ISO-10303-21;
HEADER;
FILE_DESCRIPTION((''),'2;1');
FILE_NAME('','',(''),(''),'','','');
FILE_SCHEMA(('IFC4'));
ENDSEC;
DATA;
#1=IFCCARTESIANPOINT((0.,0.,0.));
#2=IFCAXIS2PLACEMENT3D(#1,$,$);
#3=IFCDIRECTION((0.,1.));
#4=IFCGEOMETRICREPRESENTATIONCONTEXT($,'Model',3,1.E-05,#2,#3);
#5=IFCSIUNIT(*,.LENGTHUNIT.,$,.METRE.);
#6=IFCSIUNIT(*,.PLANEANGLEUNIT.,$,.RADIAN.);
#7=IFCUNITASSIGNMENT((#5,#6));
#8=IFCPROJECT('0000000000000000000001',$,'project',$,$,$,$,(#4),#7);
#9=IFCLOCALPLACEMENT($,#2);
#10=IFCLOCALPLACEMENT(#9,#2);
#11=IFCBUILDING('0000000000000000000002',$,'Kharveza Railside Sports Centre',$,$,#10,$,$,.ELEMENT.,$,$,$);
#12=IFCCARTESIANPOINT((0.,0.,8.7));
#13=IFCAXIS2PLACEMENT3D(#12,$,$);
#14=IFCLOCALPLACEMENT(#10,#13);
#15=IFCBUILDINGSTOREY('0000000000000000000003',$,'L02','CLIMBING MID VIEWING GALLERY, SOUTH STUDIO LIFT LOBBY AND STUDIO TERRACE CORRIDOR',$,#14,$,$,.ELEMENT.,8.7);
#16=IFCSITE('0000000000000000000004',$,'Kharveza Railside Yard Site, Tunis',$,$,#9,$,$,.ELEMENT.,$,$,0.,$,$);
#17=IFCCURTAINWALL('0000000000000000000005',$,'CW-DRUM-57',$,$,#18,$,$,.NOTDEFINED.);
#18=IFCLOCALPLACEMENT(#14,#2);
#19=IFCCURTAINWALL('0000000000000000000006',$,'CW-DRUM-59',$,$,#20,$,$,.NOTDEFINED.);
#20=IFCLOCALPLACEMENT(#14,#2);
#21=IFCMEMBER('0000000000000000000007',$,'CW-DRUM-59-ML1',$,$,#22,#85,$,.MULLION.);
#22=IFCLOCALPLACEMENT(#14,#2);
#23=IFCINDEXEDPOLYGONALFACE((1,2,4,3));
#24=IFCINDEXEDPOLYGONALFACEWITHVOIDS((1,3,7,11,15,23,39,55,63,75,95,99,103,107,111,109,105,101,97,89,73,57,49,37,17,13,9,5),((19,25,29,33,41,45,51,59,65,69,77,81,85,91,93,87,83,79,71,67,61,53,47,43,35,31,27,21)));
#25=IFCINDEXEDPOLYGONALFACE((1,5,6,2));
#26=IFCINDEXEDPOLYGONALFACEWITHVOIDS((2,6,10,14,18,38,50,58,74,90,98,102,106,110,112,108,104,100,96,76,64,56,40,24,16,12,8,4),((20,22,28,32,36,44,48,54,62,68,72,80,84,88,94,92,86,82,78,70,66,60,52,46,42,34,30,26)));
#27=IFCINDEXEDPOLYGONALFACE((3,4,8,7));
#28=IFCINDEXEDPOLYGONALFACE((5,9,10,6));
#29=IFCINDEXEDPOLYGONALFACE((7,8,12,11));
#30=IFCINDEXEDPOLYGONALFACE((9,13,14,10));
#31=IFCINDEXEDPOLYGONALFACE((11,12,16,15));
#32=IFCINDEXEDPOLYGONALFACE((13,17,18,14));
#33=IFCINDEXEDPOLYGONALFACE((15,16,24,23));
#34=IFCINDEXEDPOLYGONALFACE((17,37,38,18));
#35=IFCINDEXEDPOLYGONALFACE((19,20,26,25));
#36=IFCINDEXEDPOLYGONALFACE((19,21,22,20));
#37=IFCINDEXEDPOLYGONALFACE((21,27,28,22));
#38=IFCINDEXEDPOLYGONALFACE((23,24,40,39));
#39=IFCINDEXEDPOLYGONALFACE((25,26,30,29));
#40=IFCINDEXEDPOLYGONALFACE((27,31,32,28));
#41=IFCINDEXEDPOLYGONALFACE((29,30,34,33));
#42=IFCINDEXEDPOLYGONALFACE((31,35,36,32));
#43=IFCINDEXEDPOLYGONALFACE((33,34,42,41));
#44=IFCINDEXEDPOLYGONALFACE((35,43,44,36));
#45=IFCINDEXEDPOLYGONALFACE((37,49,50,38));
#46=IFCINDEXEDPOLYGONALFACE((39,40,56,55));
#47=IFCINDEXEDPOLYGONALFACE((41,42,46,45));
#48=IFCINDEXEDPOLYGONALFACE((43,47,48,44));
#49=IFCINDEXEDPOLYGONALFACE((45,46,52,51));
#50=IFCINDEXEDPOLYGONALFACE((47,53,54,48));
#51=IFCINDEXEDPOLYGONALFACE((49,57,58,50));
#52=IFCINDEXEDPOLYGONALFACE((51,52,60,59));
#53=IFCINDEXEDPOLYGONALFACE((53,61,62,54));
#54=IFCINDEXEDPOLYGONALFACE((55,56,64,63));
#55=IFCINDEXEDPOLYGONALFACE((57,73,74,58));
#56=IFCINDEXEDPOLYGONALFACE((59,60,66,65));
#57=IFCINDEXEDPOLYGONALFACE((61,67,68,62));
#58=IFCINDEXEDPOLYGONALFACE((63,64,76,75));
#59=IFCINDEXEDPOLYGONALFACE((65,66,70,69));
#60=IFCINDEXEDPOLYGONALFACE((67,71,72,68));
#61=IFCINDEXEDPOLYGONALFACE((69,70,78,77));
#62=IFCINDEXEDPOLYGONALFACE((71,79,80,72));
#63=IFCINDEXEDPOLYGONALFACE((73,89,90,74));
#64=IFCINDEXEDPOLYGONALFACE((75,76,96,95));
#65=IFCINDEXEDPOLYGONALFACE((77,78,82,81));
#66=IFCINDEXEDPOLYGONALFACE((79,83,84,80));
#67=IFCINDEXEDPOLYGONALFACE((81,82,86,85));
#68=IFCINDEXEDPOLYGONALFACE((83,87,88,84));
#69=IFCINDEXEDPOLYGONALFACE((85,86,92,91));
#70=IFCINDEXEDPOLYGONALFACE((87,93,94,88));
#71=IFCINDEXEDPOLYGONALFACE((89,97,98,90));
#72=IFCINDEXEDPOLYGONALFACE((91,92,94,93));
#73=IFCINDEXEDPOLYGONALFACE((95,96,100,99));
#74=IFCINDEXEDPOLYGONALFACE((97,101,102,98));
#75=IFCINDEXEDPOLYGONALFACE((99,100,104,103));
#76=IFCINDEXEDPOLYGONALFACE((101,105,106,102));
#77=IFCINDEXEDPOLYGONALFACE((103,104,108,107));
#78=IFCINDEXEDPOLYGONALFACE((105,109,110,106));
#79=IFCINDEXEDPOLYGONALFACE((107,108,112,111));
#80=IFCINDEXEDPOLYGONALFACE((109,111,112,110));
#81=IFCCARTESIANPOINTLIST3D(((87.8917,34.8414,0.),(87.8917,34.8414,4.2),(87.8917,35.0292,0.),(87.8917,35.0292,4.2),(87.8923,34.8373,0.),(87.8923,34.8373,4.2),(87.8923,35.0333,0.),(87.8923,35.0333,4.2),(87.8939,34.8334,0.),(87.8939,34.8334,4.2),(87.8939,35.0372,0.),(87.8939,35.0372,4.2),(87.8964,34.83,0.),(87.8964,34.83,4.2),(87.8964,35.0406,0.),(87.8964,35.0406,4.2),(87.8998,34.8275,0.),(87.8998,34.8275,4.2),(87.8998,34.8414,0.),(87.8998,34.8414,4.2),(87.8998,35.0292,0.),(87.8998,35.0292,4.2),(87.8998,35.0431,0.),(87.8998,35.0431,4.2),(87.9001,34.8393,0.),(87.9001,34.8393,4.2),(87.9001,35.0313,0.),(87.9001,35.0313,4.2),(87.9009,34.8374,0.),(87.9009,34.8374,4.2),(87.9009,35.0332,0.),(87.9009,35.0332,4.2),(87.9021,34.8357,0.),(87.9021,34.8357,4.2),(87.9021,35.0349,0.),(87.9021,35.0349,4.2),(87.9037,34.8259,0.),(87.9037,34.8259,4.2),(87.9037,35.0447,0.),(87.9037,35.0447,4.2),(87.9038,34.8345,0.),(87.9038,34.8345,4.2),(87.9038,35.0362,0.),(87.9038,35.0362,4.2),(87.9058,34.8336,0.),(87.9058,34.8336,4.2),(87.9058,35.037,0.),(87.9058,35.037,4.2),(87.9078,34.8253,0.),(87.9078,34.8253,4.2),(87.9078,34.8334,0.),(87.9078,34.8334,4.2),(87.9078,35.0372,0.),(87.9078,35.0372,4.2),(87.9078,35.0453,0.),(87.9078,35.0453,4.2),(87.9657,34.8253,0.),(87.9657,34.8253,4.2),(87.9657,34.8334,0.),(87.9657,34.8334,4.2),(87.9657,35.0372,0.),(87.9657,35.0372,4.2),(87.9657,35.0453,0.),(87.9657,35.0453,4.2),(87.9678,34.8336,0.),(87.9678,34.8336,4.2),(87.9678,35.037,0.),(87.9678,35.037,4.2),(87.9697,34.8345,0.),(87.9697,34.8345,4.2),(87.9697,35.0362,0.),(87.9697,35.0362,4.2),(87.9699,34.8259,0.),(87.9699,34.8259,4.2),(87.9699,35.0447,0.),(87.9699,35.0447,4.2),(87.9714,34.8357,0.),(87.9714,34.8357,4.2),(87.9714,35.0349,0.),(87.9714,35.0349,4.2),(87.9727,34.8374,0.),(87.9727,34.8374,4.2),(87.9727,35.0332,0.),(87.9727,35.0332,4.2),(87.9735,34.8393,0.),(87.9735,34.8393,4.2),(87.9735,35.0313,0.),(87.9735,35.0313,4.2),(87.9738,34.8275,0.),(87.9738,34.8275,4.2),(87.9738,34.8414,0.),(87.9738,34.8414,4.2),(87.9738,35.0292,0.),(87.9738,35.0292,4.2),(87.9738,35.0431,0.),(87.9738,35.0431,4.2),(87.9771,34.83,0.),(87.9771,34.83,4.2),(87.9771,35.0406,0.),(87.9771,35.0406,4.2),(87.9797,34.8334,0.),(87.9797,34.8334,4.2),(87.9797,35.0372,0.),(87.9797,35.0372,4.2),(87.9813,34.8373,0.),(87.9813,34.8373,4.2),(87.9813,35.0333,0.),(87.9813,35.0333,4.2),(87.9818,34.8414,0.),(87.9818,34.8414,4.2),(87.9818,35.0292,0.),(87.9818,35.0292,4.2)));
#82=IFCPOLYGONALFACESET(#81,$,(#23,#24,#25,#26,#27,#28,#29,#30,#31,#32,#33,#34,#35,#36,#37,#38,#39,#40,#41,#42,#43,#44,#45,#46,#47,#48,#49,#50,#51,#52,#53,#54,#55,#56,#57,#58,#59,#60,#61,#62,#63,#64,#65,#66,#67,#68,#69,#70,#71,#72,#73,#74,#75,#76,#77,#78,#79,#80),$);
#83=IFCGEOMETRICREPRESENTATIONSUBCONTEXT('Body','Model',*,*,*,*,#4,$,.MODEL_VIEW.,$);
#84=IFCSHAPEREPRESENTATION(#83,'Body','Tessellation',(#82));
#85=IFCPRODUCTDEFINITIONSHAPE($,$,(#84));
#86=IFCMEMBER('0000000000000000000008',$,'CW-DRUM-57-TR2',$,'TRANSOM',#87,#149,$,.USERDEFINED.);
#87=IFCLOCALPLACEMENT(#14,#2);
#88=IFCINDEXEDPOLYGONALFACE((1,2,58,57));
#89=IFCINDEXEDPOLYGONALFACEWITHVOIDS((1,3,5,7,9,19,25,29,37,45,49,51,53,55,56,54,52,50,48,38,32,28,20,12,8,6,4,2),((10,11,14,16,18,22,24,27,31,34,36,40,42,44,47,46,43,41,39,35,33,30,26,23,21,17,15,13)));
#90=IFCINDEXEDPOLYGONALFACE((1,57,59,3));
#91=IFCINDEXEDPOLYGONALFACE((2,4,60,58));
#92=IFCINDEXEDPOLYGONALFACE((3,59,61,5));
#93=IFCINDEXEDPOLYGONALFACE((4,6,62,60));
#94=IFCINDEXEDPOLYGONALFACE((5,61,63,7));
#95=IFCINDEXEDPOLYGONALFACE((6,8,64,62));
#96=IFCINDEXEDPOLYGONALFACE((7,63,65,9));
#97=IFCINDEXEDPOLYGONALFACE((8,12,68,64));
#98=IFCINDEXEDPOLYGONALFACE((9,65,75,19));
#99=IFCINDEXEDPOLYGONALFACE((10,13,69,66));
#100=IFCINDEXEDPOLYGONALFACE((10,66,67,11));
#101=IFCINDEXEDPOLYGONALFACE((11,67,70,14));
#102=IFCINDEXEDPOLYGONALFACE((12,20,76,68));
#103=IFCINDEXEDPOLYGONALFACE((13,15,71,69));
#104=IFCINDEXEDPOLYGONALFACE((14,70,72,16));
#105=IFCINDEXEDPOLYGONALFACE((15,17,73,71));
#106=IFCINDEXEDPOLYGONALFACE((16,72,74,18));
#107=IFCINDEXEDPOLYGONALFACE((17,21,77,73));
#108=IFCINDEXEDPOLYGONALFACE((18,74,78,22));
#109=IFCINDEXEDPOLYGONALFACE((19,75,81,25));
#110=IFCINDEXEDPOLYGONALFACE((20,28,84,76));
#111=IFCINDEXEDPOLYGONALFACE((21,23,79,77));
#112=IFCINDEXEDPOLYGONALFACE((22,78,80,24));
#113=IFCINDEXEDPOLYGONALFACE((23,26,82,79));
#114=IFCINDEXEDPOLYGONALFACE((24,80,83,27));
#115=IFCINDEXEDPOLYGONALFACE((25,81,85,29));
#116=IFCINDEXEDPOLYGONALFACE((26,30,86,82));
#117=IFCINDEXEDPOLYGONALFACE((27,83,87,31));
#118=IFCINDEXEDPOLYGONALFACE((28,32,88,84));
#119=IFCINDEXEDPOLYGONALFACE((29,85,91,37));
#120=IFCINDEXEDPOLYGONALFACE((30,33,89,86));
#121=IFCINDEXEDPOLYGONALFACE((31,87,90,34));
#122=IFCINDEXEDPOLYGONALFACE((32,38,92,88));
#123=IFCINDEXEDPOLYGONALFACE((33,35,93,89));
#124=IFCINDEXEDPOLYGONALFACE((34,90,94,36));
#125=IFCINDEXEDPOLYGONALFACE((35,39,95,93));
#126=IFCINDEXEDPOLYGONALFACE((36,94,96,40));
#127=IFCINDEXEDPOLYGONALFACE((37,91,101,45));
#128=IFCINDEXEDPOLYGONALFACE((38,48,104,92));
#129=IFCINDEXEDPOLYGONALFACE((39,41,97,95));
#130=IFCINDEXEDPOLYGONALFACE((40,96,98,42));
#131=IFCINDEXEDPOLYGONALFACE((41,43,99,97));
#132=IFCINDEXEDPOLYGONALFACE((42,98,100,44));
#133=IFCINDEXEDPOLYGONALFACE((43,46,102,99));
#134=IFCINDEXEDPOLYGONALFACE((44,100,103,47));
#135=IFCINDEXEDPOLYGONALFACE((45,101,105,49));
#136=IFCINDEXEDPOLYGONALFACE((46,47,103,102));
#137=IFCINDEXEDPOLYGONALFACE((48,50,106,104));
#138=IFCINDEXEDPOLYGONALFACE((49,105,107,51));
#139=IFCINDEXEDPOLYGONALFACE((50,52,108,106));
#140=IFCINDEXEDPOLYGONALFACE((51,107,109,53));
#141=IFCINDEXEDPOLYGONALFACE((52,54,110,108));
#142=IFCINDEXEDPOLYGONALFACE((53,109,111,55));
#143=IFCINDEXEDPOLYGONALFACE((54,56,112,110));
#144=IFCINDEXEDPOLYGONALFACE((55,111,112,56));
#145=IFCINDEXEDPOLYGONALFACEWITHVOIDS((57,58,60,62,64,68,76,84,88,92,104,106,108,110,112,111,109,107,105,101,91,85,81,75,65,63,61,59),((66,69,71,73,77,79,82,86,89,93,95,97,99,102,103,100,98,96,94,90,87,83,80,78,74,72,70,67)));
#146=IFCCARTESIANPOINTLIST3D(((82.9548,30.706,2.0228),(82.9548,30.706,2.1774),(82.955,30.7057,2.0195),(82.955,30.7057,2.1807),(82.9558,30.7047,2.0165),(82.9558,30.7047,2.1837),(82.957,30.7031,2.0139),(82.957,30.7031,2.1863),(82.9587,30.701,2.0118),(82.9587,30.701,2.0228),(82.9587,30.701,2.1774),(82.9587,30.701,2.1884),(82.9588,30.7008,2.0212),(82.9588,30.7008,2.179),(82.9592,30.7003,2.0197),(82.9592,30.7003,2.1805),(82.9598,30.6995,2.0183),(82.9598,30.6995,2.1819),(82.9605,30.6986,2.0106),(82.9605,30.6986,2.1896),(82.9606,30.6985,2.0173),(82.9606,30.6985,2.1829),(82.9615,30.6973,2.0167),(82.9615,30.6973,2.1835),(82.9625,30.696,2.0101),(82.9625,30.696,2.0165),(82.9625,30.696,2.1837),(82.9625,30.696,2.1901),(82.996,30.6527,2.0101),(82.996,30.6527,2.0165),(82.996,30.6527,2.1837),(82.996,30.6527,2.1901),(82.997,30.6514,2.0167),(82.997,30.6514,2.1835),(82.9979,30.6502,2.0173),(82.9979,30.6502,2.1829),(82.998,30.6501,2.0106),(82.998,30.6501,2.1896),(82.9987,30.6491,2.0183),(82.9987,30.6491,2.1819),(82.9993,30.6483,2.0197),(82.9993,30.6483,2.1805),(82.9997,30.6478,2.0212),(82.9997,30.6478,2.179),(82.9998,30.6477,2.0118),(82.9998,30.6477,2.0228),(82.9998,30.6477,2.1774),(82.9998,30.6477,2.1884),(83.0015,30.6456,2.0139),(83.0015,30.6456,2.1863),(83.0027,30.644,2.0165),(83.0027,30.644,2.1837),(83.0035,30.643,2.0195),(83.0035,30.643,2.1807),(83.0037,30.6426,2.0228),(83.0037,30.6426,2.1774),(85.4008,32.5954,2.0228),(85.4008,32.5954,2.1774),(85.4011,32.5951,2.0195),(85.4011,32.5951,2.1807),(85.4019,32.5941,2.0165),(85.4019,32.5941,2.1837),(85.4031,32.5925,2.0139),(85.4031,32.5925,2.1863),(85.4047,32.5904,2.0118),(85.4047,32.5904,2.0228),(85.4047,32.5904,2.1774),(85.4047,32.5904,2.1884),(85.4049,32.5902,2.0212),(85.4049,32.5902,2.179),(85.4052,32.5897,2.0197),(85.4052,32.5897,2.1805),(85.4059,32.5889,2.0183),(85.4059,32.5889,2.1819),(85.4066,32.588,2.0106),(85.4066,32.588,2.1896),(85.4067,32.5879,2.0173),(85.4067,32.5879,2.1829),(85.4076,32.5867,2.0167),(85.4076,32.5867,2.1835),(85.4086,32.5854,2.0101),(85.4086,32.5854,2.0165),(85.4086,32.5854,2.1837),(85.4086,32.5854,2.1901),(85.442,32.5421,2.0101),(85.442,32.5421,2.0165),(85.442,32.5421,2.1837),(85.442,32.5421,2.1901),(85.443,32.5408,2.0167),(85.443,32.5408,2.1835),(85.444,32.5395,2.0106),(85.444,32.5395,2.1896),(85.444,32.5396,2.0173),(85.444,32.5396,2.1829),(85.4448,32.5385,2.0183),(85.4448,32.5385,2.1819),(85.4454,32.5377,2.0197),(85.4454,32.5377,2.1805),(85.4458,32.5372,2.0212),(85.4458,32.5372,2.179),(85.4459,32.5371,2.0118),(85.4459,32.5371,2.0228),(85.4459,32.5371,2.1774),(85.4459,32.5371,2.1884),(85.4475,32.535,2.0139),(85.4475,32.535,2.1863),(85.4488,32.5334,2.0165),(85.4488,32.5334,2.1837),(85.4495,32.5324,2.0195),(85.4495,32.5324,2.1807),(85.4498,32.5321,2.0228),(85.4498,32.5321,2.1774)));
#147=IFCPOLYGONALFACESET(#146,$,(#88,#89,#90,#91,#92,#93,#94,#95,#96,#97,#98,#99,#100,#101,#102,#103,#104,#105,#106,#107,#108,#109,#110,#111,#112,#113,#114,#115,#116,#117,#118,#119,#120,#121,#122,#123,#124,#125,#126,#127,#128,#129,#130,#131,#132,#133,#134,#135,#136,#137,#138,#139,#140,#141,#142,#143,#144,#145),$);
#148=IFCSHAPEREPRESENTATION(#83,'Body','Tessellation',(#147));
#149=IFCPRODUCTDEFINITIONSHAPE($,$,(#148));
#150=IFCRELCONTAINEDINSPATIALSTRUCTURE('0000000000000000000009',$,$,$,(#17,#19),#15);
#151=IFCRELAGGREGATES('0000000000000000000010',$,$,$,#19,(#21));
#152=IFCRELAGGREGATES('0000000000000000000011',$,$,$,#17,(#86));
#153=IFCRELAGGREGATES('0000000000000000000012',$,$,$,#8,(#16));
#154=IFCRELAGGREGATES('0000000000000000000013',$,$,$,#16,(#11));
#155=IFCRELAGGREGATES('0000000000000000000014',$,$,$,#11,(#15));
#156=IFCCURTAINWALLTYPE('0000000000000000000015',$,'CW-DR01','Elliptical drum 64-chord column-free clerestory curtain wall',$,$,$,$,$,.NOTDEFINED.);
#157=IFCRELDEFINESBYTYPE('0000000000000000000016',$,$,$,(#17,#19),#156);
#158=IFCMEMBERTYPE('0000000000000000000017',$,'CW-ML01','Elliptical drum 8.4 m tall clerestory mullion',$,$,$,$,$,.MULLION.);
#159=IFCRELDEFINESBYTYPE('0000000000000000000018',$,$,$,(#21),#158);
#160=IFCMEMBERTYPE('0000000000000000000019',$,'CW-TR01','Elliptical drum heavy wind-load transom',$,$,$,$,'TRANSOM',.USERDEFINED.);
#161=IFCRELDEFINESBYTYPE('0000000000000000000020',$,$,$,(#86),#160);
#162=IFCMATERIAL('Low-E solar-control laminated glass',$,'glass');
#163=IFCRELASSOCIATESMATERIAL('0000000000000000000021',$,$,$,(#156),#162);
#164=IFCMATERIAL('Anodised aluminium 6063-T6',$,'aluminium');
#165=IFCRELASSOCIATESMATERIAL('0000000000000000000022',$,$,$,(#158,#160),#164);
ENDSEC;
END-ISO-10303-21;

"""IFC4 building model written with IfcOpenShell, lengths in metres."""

from ifc_helpers import new_model, si_unit, direction, frame, origin, origin_2d, place, context, subcontext, project, spatial, hollow_rectangle, extrude, material, material_profile, profile_set, type_object, element, aggregate, save


model = new_model("IFC4")

# Units and contexts
model_context = context("Model", 3, precision=1e-05, world=origin(), true_north=direction((0.0, 1.0)))
body_context = subcontext(model_context, "Body", "Model", "MODEL_VIEW")
ifc_project = project(units=[si_unit("LENGTHUNIT", "METRE"), si_unit("PLANEANGLEUNIT", "RADIAN")], contexts=[model_context])

# Site, building, storey
site_placement = place(None, origin())
site = spatial("IfcSite", under=ifc_project, at=site_placement, Name="Kharveza Railside Yard Site, Tunis", CompositionType="ELEMENT", RefElevation=0.0)
building_placement = place(site_placement, origin())
building = spatial("IfcBuilding", under=site, at=building_placement, Name="Kharveza Railside Sports Centre", CompositionType="ELEMENT")
storey_placement = place(building_placement, frame((0.0, 0.0, 8.7)))
storey = spatial("IfcBuildingStorey", under=building, at=storey_placement, Name="L02", Description="CLIMBING MID VIEWING GALLERY, SOUTH STUDIO LIFT LOBBY AND STUDIO TERRACE CORRIDOR", CompositionType="ELEMENT", Elevation=8.7)

# Curtain wall
ifc_material_1 = material(Name="Low-E solar-control laminated glass", Category="glass")
curtain_wall_type = type_object("IfcCurtainWallType", Name="CW-DR01", Description="Elliptical drum 64-chord column-free clerestory curtain wall", PredefinedType="NOTDEFINED", material=ifc_material_1)
curtain_wall_1_placement = place(storey_placement, origin())
curtain_wall_1 = element("IfcCurtainWall", 1, at=curtain_wall_1_placement, inside=storey, type_object=curtain_wall_type, Name="CW-DRUM-57", PredefinedType="NOTDEFINED")
ifc_material_2 = material(Name="Anodised aluminium 6063-T6", Category="aluminium")
ifc_material_profile_1 = material_profile(ifc_material_2, hollow_rectangle(XDim=0.0901, YDim=0.22, WallThickness=0.0081, InnerFilletRadius=0.0081, OuterFilletRadius=0.0161, at=origin_2d()), Name="RHS 90x220x8.0")
ifc_profile_set_1 = profile_set([ifc_material_profile_1], Name="Anodised aluminium 6063-T6")
member_type_1 = type_object("IfcMemberType", Name="CW-ML01", Description="Elliptical drum 8.4 m tall clerestory mullion", PredefinedType="MULLION", material=ifc_profile_set_1)

# Curtain wall, member
curtain_wall_2_placement = place(storey_placement, origin())
curtain_wall_2 = element("IfcCurtainWall", 2, at=curtain_wall_2_placement, inside=storey, type_object=curtain_wall_type, Name="CW-DRUM-59", PredefinedType="NOTDEFINED")
member_1_placement = place(storey_placement, frame((87.9368, 34.9353, 0.0), z_axis=(0.0, 0.0, 1.0), x_axis=(1.0, 0.0, 0.0)))
member_1 = element("IfcMember", 3, at=member_1_placement, type_object=member_type_1, Name="CW-DRUM-59-ML1", PredefinedType="MULLION", context=body_context, shape_type="SweptSolid", body=[
    extrude(hollow_rectangle(XDim=0.0901, YDim=0.22, WallThickness=0.0081, InnerFilletRadius=0.0081, OuterFilletRadius=0.0161, at=origin_2d()), origin(), (0.0, 0.0, 1.0), 4.2),
])

# Member
ifc_material_profile_2 = material_profile(ifc_material_2, hollow_rectangle(XDim=0.0801, YDim=0.1799, WallThickness=0.0063, InnerFilletRadius=0.0063, OuterFilletRadius=0.0127, at=origin_2d()), Name="RHS 80x180x6.3")
ifc_profile_set_2 = profile_set([ifc_material_profile_2], Name="Anodised aluminium 6063-T6")
member_type_2 = type_object("IfcMemberType", Name="CW-TR01", Description="Elliptical drum heavy wind-load transom", ElementType="TRANSOM", PredefinedType="USERDEFINED", material=ifc_profile_set_2)
member_2_placement = place(storey_placement, frame((82.9792, 30.6743, 2.1001), z_axis=(0.791398, 0.611301, 0.0), x_axis=(-0.611301, 0.791398, 0.0)))
member_2 = element("IfcMember", 4, at=member_2_placement, type_object=member_type_2, Name="CW-DRUM-57-TR2", ObjectType="TRANSOM", PredefinedType="USERDEFINED", context=body_context, shape_type="SweptSolid", body=[
    extrude(hollow_rectangle(XDim=0.0801, YDim=0.1799, WallThickness=0.0063, InnerFilletRadius=0.0063, OuterFilletRadius=0.0127, at=origin_2d()), origin(), (0.0, 0.0, 1.0), 3.0908),
])
aggregate(curtain_wall_2, [member_1])

aggregate(curtain_wall_1, [member_2])

save(model, "model.ifc")
